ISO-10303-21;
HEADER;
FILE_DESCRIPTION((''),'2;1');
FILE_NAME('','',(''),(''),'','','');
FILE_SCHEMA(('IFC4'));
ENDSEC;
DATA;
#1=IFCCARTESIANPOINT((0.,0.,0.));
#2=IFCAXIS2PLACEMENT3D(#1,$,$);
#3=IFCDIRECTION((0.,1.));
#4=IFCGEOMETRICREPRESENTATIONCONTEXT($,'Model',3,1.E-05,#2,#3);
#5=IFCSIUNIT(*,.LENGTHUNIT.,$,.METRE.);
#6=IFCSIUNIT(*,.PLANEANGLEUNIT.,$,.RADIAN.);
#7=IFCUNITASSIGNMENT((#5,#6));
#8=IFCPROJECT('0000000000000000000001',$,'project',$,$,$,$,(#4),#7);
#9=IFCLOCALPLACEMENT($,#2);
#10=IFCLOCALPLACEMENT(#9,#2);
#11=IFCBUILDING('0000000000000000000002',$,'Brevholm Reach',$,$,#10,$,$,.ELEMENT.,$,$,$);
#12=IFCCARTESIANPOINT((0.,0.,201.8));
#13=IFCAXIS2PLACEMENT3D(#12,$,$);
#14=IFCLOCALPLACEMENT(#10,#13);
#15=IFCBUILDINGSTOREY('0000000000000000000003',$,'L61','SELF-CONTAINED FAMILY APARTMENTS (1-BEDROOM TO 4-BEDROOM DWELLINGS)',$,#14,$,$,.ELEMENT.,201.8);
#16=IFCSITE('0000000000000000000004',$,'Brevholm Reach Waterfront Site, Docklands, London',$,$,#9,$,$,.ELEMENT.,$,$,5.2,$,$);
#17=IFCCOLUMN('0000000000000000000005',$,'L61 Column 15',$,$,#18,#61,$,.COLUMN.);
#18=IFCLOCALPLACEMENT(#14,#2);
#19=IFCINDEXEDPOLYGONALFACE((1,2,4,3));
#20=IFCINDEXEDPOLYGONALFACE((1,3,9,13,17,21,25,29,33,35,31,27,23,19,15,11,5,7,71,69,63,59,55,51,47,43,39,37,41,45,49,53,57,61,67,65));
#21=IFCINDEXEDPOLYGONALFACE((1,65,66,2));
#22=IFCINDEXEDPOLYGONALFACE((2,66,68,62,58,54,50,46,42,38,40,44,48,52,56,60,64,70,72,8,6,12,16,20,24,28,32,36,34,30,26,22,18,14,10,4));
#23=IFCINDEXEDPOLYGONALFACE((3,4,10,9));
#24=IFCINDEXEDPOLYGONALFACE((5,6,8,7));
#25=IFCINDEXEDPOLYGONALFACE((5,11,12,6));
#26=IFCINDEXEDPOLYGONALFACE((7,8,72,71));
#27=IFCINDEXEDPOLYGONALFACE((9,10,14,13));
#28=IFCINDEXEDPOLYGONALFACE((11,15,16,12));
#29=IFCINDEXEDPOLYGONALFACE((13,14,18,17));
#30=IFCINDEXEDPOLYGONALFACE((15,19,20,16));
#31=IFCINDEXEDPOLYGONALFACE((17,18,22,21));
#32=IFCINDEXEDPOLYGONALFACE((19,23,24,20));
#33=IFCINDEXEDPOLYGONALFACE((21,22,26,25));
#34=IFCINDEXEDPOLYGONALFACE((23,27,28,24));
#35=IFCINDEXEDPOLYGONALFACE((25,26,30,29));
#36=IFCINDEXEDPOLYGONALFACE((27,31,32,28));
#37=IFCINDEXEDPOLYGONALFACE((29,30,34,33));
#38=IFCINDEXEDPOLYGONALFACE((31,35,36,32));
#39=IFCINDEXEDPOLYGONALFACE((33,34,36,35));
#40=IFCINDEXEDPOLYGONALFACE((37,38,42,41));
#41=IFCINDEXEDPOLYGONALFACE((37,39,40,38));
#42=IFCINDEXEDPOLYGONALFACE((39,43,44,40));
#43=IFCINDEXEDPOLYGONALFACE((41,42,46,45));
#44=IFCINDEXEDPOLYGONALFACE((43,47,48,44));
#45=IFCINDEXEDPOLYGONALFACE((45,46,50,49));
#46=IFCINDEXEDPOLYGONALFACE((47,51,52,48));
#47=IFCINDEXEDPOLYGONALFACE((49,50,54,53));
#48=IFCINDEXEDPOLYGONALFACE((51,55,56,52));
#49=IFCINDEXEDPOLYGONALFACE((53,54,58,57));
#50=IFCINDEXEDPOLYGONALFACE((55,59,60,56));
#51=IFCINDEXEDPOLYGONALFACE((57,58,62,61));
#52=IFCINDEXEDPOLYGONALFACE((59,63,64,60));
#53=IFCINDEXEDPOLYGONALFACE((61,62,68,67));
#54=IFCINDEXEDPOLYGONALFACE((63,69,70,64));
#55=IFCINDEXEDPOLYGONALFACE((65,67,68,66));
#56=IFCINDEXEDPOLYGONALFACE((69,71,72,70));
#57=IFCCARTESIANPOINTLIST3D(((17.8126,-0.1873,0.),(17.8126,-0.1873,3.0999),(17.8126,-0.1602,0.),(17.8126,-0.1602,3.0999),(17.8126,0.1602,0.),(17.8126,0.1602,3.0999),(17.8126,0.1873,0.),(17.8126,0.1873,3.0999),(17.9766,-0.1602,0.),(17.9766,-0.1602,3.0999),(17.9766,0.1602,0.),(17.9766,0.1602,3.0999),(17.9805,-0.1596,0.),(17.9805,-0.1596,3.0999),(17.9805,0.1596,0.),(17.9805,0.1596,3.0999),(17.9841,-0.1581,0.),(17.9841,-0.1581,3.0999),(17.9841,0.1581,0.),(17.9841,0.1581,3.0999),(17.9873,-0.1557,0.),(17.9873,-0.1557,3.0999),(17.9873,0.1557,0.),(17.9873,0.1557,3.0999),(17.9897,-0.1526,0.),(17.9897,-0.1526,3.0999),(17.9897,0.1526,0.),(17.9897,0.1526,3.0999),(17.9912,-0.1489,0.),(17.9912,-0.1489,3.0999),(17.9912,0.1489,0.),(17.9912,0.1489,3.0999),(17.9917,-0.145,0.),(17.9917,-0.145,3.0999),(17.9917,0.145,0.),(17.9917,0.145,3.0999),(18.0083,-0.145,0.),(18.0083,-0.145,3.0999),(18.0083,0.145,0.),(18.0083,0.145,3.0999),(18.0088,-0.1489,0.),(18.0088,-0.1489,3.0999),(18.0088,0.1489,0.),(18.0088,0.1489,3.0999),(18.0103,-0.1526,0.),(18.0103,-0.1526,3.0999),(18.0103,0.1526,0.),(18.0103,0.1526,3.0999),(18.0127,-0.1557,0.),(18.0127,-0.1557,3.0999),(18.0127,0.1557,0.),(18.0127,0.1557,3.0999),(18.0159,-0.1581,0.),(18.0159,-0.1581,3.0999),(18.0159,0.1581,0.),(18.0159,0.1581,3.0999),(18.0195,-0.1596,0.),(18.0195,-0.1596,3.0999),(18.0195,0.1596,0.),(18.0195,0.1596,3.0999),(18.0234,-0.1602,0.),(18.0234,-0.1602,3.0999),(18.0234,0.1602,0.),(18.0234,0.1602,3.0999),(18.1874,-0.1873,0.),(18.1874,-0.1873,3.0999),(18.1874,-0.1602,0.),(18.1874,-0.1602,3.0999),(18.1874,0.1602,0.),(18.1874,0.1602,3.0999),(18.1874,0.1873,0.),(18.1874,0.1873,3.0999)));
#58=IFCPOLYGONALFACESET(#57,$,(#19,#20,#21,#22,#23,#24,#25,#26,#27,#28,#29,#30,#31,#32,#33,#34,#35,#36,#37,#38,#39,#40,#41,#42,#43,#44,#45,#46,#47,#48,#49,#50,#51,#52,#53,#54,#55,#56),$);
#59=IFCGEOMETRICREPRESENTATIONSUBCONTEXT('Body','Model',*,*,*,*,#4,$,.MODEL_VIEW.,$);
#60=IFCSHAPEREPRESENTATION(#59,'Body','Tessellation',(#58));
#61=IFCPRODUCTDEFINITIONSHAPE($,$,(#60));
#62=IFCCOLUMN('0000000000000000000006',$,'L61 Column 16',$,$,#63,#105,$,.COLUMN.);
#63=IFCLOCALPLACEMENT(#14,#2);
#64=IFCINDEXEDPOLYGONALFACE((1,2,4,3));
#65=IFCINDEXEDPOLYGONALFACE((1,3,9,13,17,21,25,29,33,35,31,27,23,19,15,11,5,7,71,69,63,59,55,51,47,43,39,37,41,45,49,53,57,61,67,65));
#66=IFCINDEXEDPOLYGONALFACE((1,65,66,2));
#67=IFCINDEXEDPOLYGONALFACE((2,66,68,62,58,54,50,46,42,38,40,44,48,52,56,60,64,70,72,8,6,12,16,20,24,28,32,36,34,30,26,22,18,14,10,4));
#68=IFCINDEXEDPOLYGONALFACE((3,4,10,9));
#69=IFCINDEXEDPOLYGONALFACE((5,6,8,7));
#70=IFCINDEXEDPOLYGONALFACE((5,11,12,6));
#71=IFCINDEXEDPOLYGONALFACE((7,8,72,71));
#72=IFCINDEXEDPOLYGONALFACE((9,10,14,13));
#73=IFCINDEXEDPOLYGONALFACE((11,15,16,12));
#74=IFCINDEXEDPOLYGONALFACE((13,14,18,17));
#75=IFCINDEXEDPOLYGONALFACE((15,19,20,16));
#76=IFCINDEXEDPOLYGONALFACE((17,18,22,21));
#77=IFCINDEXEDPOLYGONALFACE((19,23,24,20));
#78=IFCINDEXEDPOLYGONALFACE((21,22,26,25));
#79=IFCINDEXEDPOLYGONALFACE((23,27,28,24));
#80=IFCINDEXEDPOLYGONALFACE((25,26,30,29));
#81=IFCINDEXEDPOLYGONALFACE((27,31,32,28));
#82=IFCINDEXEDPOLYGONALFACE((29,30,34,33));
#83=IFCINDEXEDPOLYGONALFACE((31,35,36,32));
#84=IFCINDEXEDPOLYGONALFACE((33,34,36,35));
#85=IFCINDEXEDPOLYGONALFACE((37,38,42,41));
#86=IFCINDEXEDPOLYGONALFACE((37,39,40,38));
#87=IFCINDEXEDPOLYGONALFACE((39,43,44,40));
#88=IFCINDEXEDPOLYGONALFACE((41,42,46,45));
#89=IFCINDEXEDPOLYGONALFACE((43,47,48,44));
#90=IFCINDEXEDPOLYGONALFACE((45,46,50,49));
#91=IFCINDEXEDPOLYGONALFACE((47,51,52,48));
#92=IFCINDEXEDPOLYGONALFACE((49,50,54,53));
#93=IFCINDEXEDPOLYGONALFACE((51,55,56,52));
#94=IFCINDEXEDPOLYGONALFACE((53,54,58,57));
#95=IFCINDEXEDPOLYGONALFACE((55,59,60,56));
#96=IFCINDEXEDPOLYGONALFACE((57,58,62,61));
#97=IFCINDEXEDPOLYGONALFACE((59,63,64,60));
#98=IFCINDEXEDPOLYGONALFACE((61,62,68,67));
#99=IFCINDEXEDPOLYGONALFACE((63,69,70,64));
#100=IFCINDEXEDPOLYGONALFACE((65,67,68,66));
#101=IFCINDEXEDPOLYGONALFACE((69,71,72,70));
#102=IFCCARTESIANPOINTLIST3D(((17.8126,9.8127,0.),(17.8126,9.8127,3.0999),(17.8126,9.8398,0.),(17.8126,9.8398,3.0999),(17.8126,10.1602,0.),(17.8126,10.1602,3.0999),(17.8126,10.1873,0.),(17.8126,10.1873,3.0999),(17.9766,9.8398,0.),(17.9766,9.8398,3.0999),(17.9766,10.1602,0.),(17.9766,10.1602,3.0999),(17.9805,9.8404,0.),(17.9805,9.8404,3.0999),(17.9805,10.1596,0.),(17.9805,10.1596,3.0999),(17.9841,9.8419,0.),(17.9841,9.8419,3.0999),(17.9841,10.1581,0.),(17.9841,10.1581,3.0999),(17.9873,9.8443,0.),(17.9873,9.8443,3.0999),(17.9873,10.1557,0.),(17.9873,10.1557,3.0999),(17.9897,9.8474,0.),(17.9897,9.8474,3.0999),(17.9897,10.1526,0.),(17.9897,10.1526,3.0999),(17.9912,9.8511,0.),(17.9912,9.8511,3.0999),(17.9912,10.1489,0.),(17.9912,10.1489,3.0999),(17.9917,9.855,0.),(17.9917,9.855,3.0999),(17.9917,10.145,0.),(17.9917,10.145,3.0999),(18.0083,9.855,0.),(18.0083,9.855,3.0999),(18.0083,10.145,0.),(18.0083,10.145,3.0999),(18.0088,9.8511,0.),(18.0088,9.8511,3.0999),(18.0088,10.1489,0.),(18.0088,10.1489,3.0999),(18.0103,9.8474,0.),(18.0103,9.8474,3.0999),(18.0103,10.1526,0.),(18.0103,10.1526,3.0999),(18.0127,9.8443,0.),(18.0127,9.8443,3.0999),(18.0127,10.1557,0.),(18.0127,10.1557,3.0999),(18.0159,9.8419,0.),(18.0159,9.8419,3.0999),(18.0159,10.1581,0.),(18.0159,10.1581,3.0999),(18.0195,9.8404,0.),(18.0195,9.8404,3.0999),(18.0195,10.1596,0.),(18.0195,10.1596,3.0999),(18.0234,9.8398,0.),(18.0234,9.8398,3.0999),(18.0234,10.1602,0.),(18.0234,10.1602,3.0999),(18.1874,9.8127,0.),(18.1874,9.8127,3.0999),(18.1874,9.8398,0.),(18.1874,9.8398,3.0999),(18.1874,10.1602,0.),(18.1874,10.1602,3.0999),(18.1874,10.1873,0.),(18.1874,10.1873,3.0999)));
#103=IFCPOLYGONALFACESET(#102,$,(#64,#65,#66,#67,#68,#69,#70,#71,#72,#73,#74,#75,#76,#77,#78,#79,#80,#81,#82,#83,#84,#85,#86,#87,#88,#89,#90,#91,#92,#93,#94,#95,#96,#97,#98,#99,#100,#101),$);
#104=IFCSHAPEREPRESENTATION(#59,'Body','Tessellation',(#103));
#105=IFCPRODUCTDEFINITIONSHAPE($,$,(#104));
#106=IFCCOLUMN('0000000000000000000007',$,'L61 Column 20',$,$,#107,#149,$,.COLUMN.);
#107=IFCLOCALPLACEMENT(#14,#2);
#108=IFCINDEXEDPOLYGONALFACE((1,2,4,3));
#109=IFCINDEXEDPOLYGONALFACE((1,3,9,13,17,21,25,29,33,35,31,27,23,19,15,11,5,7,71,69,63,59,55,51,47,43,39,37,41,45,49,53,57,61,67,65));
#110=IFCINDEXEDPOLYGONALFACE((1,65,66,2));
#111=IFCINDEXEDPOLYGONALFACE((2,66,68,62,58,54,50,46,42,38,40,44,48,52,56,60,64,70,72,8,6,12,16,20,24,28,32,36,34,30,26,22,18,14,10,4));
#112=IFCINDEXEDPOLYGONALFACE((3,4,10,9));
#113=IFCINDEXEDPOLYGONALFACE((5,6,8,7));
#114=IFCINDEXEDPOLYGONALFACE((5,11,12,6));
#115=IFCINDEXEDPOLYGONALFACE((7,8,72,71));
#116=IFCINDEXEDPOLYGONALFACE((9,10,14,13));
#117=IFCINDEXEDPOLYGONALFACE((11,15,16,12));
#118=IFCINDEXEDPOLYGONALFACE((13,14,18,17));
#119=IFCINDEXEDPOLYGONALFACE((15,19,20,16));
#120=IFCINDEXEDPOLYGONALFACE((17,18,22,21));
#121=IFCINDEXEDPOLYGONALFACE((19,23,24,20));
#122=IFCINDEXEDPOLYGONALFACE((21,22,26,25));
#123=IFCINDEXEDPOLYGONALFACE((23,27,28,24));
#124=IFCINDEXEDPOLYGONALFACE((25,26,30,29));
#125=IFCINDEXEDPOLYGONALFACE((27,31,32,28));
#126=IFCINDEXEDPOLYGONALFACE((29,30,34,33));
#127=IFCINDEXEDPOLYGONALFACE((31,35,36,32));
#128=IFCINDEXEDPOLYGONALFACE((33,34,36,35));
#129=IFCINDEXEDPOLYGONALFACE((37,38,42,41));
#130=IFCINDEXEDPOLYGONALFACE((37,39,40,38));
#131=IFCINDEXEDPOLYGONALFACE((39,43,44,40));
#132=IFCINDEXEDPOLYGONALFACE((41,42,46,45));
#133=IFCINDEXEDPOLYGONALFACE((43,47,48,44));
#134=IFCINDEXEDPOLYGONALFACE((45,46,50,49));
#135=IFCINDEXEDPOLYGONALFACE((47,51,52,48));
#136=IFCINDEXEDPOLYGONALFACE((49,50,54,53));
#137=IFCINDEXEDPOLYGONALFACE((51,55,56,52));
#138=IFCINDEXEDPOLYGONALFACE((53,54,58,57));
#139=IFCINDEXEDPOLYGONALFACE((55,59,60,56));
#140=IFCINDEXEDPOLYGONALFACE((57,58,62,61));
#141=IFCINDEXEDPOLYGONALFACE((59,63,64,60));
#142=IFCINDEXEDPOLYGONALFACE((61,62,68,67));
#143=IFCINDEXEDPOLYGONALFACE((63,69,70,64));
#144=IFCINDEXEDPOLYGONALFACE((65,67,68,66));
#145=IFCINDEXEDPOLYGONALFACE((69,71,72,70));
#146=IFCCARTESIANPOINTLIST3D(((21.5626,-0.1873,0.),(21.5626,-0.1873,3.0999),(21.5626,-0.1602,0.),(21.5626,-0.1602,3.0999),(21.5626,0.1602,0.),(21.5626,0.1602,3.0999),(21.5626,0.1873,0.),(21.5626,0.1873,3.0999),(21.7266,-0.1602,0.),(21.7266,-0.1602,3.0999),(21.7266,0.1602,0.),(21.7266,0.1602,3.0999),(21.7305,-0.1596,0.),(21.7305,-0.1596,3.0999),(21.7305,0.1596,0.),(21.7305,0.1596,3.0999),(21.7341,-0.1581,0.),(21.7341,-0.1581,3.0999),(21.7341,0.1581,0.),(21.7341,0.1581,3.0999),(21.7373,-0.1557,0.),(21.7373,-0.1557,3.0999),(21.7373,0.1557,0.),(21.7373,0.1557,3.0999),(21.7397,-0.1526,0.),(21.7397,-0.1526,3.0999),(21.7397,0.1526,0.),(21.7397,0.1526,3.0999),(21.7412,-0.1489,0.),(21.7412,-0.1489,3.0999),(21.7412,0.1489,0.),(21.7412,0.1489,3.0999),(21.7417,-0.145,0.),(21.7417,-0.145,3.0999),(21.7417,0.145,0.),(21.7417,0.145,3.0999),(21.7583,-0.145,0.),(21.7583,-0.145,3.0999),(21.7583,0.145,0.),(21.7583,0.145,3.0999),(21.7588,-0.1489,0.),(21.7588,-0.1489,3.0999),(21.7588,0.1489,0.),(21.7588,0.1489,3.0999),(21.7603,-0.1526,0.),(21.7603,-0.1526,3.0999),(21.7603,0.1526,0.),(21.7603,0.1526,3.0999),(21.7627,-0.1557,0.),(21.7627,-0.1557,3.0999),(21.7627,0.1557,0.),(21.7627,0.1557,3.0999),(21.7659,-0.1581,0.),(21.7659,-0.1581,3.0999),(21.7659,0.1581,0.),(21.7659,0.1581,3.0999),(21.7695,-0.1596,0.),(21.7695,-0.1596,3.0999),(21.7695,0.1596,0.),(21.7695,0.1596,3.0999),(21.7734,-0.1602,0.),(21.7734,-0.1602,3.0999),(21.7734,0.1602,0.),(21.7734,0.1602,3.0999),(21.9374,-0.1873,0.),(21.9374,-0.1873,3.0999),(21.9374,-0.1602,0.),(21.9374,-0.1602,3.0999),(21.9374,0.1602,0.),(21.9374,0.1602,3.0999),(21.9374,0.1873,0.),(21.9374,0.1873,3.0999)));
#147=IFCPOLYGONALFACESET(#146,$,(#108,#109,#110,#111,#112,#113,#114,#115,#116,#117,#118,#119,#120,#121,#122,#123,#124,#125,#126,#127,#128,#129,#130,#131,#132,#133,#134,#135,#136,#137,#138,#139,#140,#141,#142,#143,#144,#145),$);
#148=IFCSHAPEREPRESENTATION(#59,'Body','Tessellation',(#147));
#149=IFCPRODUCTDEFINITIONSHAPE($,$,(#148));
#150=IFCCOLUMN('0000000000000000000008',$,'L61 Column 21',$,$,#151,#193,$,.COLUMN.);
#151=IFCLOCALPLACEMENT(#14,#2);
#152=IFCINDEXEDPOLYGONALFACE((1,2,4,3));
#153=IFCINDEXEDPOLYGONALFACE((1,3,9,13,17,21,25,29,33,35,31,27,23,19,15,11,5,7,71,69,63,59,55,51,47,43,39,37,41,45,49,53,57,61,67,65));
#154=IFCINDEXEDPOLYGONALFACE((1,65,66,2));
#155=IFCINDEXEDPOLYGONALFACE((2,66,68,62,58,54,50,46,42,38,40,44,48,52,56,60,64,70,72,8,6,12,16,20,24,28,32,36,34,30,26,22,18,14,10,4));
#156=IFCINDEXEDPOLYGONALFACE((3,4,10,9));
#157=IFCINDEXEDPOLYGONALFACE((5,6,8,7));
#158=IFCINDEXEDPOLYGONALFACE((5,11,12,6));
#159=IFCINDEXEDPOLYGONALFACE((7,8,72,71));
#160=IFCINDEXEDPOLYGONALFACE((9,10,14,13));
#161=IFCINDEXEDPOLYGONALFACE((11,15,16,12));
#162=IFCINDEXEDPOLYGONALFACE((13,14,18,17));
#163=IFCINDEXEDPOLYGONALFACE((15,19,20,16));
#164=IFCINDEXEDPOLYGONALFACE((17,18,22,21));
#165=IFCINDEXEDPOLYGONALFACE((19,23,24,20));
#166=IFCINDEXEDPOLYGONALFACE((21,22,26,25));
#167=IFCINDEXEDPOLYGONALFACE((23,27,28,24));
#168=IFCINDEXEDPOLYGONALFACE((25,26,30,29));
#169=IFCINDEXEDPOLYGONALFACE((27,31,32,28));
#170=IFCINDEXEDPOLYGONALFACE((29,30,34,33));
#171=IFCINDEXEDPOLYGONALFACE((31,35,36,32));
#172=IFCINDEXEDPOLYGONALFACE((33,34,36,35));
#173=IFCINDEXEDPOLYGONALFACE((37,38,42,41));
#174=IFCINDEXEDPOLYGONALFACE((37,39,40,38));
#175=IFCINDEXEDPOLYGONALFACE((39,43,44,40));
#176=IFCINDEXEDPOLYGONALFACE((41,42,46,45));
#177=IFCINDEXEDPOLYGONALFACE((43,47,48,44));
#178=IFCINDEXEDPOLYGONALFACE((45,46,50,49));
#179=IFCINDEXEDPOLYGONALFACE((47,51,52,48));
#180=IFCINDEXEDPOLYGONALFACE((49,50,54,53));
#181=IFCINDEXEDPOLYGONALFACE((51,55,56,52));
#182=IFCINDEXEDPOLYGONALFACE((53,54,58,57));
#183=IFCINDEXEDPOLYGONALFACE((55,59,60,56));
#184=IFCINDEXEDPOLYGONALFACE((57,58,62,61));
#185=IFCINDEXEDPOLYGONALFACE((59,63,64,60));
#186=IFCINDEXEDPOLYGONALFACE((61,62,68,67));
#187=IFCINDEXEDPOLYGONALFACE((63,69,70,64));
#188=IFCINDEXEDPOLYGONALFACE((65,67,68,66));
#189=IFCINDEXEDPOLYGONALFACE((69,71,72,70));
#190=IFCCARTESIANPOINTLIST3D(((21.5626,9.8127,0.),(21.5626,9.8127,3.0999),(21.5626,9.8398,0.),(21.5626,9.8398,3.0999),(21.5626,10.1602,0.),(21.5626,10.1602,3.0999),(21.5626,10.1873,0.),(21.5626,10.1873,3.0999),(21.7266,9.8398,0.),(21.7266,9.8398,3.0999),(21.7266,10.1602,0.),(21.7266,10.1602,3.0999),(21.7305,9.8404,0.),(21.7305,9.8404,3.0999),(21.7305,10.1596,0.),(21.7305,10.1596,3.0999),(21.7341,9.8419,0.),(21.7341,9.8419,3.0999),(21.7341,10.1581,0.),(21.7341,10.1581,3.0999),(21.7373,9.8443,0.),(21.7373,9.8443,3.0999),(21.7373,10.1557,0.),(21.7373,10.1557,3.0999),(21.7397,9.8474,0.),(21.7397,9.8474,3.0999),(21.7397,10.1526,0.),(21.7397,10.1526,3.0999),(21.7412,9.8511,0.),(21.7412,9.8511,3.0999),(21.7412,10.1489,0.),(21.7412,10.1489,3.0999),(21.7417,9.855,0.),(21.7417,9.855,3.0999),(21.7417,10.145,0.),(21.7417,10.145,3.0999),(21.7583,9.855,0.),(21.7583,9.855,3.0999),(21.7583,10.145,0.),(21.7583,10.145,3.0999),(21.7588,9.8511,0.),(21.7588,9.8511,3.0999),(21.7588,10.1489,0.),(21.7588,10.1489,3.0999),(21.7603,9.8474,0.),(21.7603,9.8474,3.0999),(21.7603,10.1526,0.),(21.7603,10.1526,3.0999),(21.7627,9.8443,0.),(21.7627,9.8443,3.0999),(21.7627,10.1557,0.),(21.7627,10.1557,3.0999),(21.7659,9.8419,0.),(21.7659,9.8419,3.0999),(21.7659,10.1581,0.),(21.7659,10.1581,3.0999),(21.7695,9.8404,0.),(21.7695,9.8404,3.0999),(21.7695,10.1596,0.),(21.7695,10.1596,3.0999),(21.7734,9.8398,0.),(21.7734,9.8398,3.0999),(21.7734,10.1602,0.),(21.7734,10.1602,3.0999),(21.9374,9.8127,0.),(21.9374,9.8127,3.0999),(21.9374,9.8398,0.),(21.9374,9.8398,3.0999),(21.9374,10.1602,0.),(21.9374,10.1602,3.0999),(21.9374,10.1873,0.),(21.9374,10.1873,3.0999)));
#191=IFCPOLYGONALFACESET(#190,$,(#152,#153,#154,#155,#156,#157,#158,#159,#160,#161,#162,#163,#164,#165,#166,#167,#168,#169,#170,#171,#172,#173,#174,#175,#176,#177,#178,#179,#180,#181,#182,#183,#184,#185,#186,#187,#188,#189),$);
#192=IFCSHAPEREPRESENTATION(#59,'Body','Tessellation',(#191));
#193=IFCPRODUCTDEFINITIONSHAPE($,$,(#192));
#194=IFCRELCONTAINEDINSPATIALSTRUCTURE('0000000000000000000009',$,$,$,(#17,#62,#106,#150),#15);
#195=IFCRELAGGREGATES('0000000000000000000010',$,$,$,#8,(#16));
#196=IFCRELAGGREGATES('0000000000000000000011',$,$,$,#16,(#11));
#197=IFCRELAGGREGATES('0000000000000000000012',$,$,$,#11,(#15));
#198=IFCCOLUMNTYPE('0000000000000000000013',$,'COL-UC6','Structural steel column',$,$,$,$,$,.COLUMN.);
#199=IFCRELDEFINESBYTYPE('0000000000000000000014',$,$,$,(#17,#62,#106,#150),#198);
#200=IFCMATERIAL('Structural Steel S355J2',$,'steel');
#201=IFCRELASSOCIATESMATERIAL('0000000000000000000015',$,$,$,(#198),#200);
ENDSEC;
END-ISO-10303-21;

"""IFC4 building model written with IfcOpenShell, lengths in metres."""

from ifc_helpers import new_model, si_unit, direction, frame, origin, origin_2d, place, context, subcontext, project, spatial, i_section, extrude, material, material_profile, profile_set, type_object, element, save


model = new_model("IFC4")

# Units and contexts
model_context = context("Model", 3, precision=1e-05, world=origin(), true_north=direction((0.0, 1.0)))
body_context = subcontext(model_context, "Body", "Model", "MODEL_VIEW")
ifc_project = project(units=[si_unit("LENGTHUNIT", "METRE"), si_unit("PLANEANGLEUNIT", "RADIAN")], contexts=[model_context])

# Site, building, storey
site_placement = place(None, origin())
site = spatial("IfcSite", under=ifc_project, at=site_placement, Name="Brevholm Reach Waterfront Site, Docklands, London", CompositionType="ELEMENT", RefElevation=5.2)
building_placement = place(site_placement, origin())
building = spatial("IfcBuilding", under=site, at=building_placement, Name="Brevholm Reach", CompositionType="ELEMENT")
storey_placement = place(building_placement, frame((0.0, 0.0, 201.8)))
storey = spatial("IfcBuildingStorey", under=building, at=storey_placement, Name="L61", Description="SELF-CONTAINED FAMILY APARTMENTS (1-BEDROOM TO 4-BEDROOM DWELLINGS)", CompositionType="ELEMENT", Elevation=201.8)

# Columns
ifc_material_1 = material(Name="Structural Steel S355J2", Category="steel")
ifc_material_profile_1 = material_profile(ifc_material_1, i_section(OverallWidth=0.3748, OverallDepth=0.3745, WebThickness=0.0166, FlangeThickness=0.0271, FilletRadius=0.0151, at=origin_2d()), Name="UKC 356x368x202")
ifc_profile_set_1 = profile_set([ifc_material_profile_1], Name="Structural Steel S355J2")
column_type = type_object("IfcColumnType", Name="COL-UC6", Description="Structural steel column", PredefinedType="COLUMN", material=ifc_profile_set_1)
for number, where, z_axis, x_axis, name in (
    (1, (18.0, 0.0, 0.0), (0.0, 0.0, 1.0), (1.0, 0.0, 0.0), "L61 Column 15"),
    (2, (18.0, 10.0, 0.0), (0.0, 0.0, 1.0), (1.0, 0.0, 0.0), "L61 Column 16"),
    (3, (21.75, 0.0, 0.0), (0.0, 0.0, 1.0), (1.0, 0.0, 0.0), "L61 Column 20"),
    (4, (21.75, 10.0, 0.0), (0.0, 0.0, 1.0), (1.0, 0.0, 0.0), "L61 Column 21"),
):
    element("IfcColumn", number, at=place(storey_placement, frame(where, z_axis=z_axis, x_axis=x_axis)), inside=storey, type_object=column_type, Name=name, PredefinedType="COLUMN", context=body_context, shape_type="SweptSolid", body=[
        extrude(i_section(OverallWidth=0.3748, OverallDepth=0.3745, WebThickness=0.0166, FlangeThickness=0.0271, FilletRadius=0.0151, at=origin_2d()), origin(), (0.0, 0.0, 1.0), 3.0999),
    ])

save(model, "model.ifc")
